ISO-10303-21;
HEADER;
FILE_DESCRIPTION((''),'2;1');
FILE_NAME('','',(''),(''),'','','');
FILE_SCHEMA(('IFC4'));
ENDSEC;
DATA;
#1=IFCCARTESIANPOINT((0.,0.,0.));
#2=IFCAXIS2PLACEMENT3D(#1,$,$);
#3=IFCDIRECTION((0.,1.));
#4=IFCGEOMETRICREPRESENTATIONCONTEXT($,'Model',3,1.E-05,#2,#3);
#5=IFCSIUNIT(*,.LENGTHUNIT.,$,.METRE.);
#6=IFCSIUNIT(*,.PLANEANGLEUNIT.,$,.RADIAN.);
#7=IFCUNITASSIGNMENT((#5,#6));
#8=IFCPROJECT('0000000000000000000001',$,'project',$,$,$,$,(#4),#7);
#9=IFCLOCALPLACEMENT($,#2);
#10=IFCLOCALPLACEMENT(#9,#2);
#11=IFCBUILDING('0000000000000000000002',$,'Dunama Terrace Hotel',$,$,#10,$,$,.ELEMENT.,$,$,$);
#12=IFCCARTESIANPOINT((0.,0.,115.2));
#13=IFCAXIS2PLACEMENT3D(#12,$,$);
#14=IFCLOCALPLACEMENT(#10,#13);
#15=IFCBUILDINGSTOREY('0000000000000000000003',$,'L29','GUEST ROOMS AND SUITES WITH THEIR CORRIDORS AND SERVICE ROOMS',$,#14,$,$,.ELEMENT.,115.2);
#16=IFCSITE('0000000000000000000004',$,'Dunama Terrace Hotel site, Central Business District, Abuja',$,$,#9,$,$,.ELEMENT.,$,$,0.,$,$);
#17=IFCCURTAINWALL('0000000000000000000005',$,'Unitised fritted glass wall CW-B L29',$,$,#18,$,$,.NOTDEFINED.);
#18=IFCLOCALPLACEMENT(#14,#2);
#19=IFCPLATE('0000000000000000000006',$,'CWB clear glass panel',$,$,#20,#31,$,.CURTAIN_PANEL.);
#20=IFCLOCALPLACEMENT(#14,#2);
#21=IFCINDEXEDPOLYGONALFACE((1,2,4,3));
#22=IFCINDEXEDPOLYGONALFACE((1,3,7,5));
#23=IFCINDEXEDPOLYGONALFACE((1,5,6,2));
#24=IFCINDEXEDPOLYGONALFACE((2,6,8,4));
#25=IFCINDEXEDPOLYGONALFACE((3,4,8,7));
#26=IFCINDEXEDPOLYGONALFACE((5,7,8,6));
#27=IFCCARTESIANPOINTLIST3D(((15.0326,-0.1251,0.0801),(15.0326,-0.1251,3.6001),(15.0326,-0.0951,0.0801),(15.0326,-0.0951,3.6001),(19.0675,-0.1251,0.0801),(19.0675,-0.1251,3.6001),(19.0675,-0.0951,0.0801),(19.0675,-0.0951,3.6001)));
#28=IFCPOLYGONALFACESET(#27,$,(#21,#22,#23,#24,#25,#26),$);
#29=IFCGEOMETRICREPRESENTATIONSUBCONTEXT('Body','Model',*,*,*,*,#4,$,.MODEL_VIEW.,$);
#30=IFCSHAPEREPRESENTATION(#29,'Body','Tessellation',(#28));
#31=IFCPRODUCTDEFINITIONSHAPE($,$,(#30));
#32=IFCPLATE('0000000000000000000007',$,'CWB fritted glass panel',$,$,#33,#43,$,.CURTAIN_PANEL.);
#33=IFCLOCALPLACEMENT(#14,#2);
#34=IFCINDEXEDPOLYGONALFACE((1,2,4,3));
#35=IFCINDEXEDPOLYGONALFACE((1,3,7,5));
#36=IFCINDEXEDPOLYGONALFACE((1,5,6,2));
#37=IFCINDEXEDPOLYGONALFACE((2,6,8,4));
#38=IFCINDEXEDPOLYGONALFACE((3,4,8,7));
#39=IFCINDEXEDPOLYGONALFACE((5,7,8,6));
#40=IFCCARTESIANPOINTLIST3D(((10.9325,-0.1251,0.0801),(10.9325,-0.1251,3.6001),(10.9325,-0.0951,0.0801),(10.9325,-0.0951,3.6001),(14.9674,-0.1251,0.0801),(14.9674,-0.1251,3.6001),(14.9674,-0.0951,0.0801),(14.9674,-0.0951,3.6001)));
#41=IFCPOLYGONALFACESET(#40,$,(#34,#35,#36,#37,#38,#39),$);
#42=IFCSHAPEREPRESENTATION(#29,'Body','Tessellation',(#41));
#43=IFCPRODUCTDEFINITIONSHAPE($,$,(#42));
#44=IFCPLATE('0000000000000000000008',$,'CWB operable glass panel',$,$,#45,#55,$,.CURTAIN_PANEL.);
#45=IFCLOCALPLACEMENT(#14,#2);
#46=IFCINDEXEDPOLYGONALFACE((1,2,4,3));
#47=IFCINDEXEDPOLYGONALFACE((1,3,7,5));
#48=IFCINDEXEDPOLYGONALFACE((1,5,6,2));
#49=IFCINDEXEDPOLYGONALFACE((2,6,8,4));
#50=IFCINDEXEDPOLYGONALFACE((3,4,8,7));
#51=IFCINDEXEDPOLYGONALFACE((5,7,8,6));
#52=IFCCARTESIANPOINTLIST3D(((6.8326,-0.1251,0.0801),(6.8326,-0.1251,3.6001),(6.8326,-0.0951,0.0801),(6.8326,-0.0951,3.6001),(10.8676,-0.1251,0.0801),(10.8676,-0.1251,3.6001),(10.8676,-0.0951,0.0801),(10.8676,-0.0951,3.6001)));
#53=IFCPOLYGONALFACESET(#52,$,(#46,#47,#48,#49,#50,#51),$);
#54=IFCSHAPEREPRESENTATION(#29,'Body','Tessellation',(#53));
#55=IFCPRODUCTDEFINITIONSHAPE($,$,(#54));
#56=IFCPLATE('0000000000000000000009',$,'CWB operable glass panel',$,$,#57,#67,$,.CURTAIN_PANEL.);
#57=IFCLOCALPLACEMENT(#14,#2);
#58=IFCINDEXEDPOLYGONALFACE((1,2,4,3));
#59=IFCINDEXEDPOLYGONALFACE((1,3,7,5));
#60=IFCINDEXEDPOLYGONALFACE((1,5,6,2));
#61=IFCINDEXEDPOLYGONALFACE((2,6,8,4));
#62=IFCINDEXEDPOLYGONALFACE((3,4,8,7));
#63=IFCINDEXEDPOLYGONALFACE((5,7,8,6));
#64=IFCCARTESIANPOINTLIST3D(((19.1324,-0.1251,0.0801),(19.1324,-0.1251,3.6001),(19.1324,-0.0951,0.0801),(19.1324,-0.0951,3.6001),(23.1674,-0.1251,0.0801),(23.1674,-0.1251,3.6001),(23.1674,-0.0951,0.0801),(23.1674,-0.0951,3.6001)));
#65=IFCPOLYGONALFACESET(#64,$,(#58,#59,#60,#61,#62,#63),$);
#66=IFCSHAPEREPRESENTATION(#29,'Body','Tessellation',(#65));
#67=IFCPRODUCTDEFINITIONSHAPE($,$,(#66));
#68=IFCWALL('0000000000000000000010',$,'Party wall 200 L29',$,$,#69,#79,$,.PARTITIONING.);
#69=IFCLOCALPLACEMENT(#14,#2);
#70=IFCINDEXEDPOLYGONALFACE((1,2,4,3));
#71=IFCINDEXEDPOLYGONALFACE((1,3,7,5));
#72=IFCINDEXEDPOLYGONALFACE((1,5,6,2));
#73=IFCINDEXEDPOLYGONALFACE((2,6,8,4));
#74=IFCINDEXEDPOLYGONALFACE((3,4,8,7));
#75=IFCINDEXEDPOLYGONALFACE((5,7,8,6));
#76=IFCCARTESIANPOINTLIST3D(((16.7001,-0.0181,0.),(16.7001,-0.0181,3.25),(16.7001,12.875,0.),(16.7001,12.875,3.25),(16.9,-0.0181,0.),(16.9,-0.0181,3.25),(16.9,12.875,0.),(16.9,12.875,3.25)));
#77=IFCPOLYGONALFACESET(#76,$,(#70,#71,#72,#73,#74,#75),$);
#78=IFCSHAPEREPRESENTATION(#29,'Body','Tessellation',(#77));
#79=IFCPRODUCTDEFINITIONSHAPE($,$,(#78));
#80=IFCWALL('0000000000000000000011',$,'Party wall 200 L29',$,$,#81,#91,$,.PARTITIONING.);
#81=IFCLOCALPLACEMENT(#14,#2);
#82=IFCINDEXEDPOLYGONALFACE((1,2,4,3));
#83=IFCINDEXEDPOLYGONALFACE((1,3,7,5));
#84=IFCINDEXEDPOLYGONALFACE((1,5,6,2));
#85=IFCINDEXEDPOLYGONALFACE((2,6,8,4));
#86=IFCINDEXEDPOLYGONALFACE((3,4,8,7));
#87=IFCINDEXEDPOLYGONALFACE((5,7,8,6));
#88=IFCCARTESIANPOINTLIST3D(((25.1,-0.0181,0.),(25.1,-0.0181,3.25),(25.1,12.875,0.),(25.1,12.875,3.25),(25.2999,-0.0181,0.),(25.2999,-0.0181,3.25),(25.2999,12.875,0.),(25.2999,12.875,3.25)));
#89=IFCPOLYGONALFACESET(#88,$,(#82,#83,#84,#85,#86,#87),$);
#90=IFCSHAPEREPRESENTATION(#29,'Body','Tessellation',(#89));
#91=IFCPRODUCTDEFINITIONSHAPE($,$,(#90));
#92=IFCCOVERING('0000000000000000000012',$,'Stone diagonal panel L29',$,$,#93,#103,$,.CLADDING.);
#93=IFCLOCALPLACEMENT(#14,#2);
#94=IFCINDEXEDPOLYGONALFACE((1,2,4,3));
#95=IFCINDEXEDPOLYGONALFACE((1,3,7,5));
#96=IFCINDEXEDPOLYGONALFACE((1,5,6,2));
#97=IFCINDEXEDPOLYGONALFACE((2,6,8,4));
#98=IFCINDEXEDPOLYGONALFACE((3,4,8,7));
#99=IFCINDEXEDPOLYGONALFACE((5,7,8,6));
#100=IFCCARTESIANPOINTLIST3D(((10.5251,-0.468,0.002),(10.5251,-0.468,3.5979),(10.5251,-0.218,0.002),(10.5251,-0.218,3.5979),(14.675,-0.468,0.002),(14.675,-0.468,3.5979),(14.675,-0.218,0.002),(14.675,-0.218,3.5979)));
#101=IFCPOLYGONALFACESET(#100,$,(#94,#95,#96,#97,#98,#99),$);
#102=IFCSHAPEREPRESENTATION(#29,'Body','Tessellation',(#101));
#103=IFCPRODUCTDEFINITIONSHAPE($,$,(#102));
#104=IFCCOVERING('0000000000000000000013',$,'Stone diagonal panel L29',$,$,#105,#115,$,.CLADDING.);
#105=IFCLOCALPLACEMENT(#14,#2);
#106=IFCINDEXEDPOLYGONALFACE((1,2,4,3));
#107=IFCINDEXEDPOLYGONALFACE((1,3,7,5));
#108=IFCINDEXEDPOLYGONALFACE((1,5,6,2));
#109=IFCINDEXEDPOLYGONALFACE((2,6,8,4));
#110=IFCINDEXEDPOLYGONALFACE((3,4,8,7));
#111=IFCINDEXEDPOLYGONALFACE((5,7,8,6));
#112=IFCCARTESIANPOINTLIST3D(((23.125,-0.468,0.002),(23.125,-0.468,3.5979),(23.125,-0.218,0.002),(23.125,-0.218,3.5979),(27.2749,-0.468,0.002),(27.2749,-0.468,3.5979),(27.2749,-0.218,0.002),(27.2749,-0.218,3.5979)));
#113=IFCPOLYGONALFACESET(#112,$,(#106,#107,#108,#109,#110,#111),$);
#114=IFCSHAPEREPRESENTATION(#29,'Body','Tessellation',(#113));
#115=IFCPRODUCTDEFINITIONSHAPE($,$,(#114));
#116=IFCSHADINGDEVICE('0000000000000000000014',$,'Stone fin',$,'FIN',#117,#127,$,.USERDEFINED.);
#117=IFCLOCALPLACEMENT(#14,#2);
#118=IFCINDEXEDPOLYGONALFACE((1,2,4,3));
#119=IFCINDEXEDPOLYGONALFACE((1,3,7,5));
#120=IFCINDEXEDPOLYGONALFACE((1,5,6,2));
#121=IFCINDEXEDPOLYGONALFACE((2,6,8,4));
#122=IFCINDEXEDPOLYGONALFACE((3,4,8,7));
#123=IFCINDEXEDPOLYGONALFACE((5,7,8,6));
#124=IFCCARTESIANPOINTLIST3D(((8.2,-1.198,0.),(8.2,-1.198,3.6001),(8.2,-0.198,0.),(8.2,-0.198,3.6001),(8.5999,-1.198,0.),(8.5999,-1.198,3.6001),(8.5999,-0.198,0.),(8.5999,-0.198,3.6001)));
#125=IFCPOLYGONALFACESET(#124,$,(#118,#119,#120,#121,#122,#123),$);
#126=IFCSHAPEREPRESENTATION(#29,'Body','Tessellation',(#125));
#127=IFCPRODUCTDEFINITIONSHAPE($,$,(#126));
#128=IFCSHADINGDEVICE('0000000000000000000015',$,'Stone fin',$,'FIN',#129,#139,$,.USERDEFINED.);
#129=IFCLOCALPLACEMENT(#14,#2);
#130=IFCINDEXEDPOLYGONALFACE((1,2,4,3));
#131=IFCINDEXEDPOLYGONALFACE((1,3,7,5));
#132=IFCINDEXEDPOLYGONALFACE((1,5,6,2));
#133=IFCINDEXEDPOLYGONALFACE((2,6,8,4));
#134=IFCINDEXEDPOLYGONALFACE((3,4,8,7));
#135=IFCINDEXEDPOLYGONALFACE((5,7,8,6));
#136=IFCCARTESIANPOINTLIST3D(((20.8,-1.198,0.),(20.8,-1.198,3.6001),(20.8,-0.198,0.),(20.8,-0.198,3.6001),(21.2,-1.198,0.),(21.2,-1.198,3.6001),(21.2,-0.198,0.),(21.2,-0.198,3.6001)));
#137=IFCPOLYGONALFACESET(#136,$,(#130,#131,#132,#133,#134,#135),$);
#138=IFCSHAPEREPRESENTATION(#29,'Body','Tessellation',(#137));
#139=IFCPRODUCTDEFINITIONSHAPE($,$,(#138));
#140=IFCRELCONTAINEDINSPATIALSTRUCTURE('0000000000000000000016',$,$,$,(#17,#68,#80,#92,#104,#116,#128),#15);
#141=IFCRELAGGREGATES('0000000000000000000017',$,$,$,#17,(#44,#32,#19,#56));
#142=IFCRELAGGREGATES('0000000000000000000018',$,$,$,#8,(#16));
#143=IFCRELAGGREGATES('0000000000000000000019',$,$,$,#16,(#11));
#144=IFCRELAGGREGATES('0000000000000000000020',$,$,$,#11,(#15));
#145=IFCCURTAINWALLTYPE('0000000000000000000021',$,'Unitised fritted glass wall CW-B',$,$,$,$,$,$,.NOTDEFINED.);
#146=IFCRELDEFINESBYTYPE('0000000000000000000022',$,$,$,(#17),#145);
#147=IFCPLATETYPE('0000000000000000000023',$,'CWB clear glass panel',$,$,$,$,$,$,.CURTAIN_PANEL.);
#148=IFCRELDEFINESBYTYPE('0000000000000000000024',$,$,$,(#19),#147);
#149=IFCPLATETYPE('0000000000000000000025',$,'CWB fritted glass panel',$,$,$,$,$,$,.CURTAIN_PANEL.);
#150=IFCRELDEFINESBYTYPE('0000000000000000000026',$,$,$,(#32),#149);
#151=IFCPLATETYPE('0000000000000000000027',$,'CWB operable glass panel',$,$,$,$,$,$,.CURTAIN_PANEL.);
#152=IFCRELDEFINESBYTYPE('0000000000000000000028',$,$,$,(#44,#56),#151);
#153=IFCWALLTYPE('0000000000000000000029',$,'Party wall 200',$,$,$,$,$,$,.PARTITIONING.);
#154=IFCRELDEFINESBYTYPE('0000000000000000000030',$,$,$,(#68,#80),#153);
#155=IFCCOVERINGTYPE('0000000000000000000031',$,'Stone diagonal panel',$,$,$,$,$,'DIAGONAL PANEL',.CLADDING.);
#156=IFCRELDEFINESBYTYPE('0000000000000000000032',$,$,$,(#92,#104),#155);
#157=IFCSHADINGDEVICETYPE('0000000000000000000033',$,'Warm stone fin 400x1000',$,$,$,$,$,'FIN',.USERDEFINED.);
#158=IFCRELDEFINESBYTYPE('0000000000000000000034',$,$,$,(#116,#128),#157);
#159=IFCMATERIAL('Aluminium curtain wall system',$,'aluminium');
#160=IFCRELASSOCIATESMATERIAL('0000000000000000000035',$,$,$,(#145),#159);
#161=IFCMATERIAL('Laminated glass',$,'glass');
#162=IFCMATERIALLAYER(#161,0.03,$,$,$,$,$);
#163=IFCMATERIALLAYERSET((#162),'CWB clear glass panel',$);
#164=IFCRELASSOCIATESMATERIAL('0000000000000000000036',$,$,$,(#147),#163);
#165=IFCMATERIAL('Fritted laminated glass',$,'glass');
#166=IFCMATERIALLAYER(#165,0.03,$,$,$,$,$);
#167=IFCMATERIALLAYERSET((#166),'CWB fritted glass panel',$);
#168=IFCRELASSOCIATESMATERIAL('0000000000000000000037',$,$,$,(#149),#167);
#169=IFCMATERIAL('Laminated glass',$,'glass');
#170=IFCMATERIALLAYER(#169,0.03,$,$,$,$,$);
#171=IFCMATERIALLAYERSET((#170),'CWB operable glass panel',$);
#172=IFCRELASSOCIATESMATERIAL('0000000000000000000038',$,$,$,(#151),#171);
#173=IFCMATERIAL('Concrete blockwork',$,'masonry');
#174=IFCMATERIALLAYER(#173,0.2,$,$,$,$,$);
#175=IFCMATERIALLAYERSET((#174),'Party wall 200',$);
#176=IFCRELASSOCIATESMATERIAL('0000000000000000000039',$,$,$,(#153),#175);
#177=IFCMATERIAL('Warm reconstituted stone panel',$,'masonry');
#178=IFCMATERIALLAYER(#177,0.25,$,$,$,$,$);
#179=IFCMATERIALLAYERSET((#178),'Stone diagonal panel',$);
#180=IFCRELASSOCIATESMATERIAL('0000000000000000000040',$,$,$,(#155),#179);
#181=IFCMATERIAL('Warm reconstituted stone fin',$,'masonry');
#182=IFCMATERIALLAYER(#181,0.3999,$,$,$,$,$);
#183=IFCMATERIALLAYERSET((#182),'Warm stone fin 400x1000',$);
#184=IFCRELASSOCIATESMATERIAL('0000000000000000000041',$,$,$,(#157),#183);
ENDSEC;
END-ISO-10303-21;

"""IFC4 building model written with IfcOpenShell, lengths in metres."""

from ifc_helpers import new_model, si_unit, direction, frame, frame_2d, origin, origin_2d, place, context, subcontext, project, spatial, rectangle, extrude, material, layer, layer_set, type_object, element, aggregate, save


model = new_model("IFC4")

# Units and contexts
model_context = context("Model", 3, precision=1e-05, world=origin(), true_north=direction((0.0, 1.0)))
body_context = subcontext(model_context, "Body", "Model", "MODEL_VIEW")
ifc_project = project(units=[si_unit("LENGTHUNIT", "METRE"), si_unit("PLANEANGLEUNIT", "RADIAN")], contexts=[model_context])

# Site, building, storey
site_placement = place(None, origin())
site = spatial("IfcSite", under=ifc_project, at=site_placement, Name="Dunama Terrace Hotel site, Central Business District, Abuja", CompositionType="ELEMENT", RefElevation=0.0)
building_placement = place(site_placement, origin())
building = spatial("IfcBuilding", under=site, at=building_placement, Name="Dunama Terrace Hotel", CompositionType="ELEMENT")
storey_placement = place(building_placement, frame((0.0, 0.0, 115.2)))
storey = spatial("IfcBuildingStorey", under=building, at=storey_placement, Name="L29", Description="GUEST ROOMS AND SUITES WITH THEIR CORRIDORS AND SERVICE ROOMS", CompositionType="ELEMENT", Elevation=115.2)

# Curtain wall
ifc_material_1 = material(Name="Aluminium curtain wall system", Category="aluminium")
curtain_wall_type = type_object("IfcCurtainWallType", Name="Unitised fritted glass wall CW-B", PredefinedType="NOTDEFINED", material=ifc_material_1)
curtain_wall_placement = place(storey_placement, origin())
curtain_wall = element("IfcCurtainWall", 1, at=curtain_wall_placement, inside=storey, type_object=curtain_wall_type, Name="Unitised fritted glass wall CW-B L29", PredefinedType="NOTDEFINED")

# Plates
ifc_material_2 = material(Name="Laminated glass", Category="glass")
ifc_layer_1 = layer(ifc_material_2, 0.03)
ifc_layer_set_1 = layer_set([ifc_layer_1], Name="CWB clear glass panel")
plate_type_1 = type_object("IfcPlateType", Name="CWB clear glass panel", PredefinedType="CURTAIN_PANEL", material=ifc_layer_set_1)
plate_1_placement = place(storey_placement, frame((17.05, -0.1101, 0.0801), z_axis=(0.0, 0.0, 1.0), x_axis=(1.0, 0.0, 0.0)))
plate_1 = element("IfcPlate", 2, at=plate_1_placement, type_object=plate_type_1, Name="CWB clear glass panel", PredefinedType="CURTAIN_PANEL", context=body_context, shape_type="SweptSolid", body=[
    extrude(rectangle(XDim=4.0349, YDim=0.03, at=origin_2d()), origin(), (0.0, 0.0, 1.0), 3.52),
])
ifc_material_3 = material(Name="Fritted laminated glass", Category="glass")
ifc_layer_2 = layer(ifc_material_3, 0.03)
ifc_layer_set_2 = layer_set([ifc_layer_2], Name="CWB fritted glass panel")
plate_type_2 = type_object("IfcPlateType", Name="CWB fritted glass panel", PredefinedType="CURTAIN_PANEL", material=ifc_layer_set_2)
plate_2_placement = place(storey_placement, frame((12.95, -0.1101, 0.0801), z_axis=(0.0, 0.0, 1.0), x_axis=(1.0, 0.0, 0.0)))
plate_2 = element("IfcPlate", 3, at=plate_2_placement, type_object=plate_type_2, Name="CWB fritted glass panel", PredefinedType="CURTAIN_PANEL", context=body_context, shape_type="SweptSolid", body=[
    extrude(rectangle(XDim=4.0349, YDim=0.03, at=origin_2d()), origin(), (0.0, 0.0, 1.0), 3.52),
])
ifc_material_4 = material(Name="Laminated glass", Category="glass")
ifc_layer_3 = layer(ifc_material_4, 0.03)
ifc_layer_set_3 = layer_set([ifc_layer_3], Name="CWB operable glass panel")
plate_type_3 = type_object("IfcPlateType", Name="CWB operable glass panel", PredefinedType="CURTAIN_PANEL", material=ifc_layer_set_3)
plate_3_placement = place(storey_placement, frame((8.8501, -0.1101, 0.0801), z_axis=(0.0, 0.0, 1.0), x_axis=(1.0, 0.0, 0.0)))
plate_3 = element("IfcPlate", 4, at=plate_3_placement, type_object=plate_type_3, Name="CWB operable glass panel", PredefinedType="CURTAIN_PANEL", context=body_context, shape_type="SweptSolid", body=[
    extrude(rectangle(XDim=4.0349, YDim=0.03, at=origin_2d()), origin(), (0.0, 0.0, 1.0), 3.52),
])
plate_4_placement = place(storey_placement, frame((21.1499, -0.1101, 0.0801), z_axis=(0.0, 0.0, 1.0), x_axis=(1.0, 0.0, 0.0)))
plate_4 = element("IfcPlate", 5, at=plate_4_placement, type_object=plate_type_3, Name="CWB operable glass panel", PredefinedType="CURTAIN_PANEL", context=body_context, shape_type="SweptSolid", body=[
    extrude(rectangle(XDim=4.0349, YDim=0.03, at=origin_2d()), origin(), (0.0, 0.0, 1.0), 3.52),
])
aggregate(curtain_wall, [plate_3, plate_2, plate_1, plate_4])

# Walls
ifc_material_5 = material(Name="Concrete blockwork", Category="masonry")
ifc_layer_4 = layer(ifc_material_5, 0.2)
ifc_layer_set_4 = layer_set([ifc_layer_4], Name="Party wall 200")
wall_type = type_object("IfcWallType", Name="Party wall 200", PredefinedType="PARTITIONING", material=ifc_layer_set_4)
for number, where, z_axis, x_axis, name in (
    (6, (16.8, -0.0181, 0.0), (0.0, 0.0, 1.0), (0.0, 1.0, 0.0), "Party wall 200 L29"),
    (7, (25.2, -0.0181, 0.0), (0.0, 0.0, 1.0), (0.0, 1.0, 0.0), "Party wall 200 L29"),
):
    element("IfcWall", number, at=place(storey_placement, frame(where, z_axis=z_axis, x_axis=x_axis)), inside=storey, type_object=wall_type, Name=name, PredefinedType="PARTITIONING", context=body_context, shape_type="SweptSolid", body=[
        extrude(rectangle(XDim=12.8931, YDim=0.2, at=frame_2d((6.4465, 0.0))), origin(), (0.0, 0.0, 1.0), 3.25),
    ])

# Coverings
ifc_material_6 = material(Name="Warm reconstituted stone panel", Category="masonry")
ifc_layer_5 = layer(ifc_material_6, 0.25)
ifc_layer_set_5 = layer_set([ifc_layer_5], Name="Stone diagonal panel")
covering_type = type_object("IfcCoveringType", Name="Stone diagonal panel", ElementType="DIAGONAL PANEL", PredefinedType="CLADDING", material=ifc_layer_set_5)
for number, where, z_axis, x_axis, name in (
    (8, (12.6001, -0.343, 0.002), (0.0, 0.0, 1.0), (1.0, 0.0, 0.0), "Stone diagonal panel L29"),
    (9, (25.2, -0.343, 0.002), (0.0, 0.0, 1.0), (1.0, 0.0, 0.0), "Stone diagonal panel L29"),
):
    element("IfcCovering", number, at=place(storey_placement, frame(where, z_axis=z_axis, x_axis=x_axis)), inside=storey, type_object=covering_type, Name=name, PredefinedType="CLADDING", context=body_context, shape_type="SweptSolid", body=[
        extrude(rectangle(XDim=4.1499, YDim=0.25, at=origin_2d()), origin(), (0.0, 0.0, 1.0), 3.5959),
    ])

# Shading devices
ifc_material_7 = material(Name="Warm reconstituted stone fin", Category="masonry")
ifc_layer_6 = layer(ifc_material_7, 0.3999)
ifc_layer_set_6 = layer_set([ifc_layer_6], Name="Warm stone fin 400x1000")
shading_device_type = type_object("IfcShadingDeviceType", Name="Warm stone fin 400x1000", ElementType="FIN", PredefinedType="USERDEFINED", material=ifc_layer_set_6)
for number, where, z_axis, x_axis, name in (
    (10, (8.3999, -0.698, 0.0), (0.0, 0.0, 1.0), (1.0, 0.0, 0.0), "Stone fin"),
    (11, (21.0, -0.698, 0.0), (0.0, 0.0, 1.0), (1.0, 0.0, 0.0), "Stone fin"),
):
    element("IfcShadingDevice", number, at=place(storey_placement, frame(where, z_axis=z_axis, x_axis=x_axis)), inside=storey, type_object=shading_device_type, Name=name, ObjectType="FIN", PredefinedType="USERDEFINED", context=body_context, shape_type="SweptSolid", body=[
        extrude(rectangle(XDim=0.3999, YDim=1.0, at=origin_2d()), origin(), (0.0, 0.0, 1.0), 3.6001),
    ])

save(model, "model.ifc")
